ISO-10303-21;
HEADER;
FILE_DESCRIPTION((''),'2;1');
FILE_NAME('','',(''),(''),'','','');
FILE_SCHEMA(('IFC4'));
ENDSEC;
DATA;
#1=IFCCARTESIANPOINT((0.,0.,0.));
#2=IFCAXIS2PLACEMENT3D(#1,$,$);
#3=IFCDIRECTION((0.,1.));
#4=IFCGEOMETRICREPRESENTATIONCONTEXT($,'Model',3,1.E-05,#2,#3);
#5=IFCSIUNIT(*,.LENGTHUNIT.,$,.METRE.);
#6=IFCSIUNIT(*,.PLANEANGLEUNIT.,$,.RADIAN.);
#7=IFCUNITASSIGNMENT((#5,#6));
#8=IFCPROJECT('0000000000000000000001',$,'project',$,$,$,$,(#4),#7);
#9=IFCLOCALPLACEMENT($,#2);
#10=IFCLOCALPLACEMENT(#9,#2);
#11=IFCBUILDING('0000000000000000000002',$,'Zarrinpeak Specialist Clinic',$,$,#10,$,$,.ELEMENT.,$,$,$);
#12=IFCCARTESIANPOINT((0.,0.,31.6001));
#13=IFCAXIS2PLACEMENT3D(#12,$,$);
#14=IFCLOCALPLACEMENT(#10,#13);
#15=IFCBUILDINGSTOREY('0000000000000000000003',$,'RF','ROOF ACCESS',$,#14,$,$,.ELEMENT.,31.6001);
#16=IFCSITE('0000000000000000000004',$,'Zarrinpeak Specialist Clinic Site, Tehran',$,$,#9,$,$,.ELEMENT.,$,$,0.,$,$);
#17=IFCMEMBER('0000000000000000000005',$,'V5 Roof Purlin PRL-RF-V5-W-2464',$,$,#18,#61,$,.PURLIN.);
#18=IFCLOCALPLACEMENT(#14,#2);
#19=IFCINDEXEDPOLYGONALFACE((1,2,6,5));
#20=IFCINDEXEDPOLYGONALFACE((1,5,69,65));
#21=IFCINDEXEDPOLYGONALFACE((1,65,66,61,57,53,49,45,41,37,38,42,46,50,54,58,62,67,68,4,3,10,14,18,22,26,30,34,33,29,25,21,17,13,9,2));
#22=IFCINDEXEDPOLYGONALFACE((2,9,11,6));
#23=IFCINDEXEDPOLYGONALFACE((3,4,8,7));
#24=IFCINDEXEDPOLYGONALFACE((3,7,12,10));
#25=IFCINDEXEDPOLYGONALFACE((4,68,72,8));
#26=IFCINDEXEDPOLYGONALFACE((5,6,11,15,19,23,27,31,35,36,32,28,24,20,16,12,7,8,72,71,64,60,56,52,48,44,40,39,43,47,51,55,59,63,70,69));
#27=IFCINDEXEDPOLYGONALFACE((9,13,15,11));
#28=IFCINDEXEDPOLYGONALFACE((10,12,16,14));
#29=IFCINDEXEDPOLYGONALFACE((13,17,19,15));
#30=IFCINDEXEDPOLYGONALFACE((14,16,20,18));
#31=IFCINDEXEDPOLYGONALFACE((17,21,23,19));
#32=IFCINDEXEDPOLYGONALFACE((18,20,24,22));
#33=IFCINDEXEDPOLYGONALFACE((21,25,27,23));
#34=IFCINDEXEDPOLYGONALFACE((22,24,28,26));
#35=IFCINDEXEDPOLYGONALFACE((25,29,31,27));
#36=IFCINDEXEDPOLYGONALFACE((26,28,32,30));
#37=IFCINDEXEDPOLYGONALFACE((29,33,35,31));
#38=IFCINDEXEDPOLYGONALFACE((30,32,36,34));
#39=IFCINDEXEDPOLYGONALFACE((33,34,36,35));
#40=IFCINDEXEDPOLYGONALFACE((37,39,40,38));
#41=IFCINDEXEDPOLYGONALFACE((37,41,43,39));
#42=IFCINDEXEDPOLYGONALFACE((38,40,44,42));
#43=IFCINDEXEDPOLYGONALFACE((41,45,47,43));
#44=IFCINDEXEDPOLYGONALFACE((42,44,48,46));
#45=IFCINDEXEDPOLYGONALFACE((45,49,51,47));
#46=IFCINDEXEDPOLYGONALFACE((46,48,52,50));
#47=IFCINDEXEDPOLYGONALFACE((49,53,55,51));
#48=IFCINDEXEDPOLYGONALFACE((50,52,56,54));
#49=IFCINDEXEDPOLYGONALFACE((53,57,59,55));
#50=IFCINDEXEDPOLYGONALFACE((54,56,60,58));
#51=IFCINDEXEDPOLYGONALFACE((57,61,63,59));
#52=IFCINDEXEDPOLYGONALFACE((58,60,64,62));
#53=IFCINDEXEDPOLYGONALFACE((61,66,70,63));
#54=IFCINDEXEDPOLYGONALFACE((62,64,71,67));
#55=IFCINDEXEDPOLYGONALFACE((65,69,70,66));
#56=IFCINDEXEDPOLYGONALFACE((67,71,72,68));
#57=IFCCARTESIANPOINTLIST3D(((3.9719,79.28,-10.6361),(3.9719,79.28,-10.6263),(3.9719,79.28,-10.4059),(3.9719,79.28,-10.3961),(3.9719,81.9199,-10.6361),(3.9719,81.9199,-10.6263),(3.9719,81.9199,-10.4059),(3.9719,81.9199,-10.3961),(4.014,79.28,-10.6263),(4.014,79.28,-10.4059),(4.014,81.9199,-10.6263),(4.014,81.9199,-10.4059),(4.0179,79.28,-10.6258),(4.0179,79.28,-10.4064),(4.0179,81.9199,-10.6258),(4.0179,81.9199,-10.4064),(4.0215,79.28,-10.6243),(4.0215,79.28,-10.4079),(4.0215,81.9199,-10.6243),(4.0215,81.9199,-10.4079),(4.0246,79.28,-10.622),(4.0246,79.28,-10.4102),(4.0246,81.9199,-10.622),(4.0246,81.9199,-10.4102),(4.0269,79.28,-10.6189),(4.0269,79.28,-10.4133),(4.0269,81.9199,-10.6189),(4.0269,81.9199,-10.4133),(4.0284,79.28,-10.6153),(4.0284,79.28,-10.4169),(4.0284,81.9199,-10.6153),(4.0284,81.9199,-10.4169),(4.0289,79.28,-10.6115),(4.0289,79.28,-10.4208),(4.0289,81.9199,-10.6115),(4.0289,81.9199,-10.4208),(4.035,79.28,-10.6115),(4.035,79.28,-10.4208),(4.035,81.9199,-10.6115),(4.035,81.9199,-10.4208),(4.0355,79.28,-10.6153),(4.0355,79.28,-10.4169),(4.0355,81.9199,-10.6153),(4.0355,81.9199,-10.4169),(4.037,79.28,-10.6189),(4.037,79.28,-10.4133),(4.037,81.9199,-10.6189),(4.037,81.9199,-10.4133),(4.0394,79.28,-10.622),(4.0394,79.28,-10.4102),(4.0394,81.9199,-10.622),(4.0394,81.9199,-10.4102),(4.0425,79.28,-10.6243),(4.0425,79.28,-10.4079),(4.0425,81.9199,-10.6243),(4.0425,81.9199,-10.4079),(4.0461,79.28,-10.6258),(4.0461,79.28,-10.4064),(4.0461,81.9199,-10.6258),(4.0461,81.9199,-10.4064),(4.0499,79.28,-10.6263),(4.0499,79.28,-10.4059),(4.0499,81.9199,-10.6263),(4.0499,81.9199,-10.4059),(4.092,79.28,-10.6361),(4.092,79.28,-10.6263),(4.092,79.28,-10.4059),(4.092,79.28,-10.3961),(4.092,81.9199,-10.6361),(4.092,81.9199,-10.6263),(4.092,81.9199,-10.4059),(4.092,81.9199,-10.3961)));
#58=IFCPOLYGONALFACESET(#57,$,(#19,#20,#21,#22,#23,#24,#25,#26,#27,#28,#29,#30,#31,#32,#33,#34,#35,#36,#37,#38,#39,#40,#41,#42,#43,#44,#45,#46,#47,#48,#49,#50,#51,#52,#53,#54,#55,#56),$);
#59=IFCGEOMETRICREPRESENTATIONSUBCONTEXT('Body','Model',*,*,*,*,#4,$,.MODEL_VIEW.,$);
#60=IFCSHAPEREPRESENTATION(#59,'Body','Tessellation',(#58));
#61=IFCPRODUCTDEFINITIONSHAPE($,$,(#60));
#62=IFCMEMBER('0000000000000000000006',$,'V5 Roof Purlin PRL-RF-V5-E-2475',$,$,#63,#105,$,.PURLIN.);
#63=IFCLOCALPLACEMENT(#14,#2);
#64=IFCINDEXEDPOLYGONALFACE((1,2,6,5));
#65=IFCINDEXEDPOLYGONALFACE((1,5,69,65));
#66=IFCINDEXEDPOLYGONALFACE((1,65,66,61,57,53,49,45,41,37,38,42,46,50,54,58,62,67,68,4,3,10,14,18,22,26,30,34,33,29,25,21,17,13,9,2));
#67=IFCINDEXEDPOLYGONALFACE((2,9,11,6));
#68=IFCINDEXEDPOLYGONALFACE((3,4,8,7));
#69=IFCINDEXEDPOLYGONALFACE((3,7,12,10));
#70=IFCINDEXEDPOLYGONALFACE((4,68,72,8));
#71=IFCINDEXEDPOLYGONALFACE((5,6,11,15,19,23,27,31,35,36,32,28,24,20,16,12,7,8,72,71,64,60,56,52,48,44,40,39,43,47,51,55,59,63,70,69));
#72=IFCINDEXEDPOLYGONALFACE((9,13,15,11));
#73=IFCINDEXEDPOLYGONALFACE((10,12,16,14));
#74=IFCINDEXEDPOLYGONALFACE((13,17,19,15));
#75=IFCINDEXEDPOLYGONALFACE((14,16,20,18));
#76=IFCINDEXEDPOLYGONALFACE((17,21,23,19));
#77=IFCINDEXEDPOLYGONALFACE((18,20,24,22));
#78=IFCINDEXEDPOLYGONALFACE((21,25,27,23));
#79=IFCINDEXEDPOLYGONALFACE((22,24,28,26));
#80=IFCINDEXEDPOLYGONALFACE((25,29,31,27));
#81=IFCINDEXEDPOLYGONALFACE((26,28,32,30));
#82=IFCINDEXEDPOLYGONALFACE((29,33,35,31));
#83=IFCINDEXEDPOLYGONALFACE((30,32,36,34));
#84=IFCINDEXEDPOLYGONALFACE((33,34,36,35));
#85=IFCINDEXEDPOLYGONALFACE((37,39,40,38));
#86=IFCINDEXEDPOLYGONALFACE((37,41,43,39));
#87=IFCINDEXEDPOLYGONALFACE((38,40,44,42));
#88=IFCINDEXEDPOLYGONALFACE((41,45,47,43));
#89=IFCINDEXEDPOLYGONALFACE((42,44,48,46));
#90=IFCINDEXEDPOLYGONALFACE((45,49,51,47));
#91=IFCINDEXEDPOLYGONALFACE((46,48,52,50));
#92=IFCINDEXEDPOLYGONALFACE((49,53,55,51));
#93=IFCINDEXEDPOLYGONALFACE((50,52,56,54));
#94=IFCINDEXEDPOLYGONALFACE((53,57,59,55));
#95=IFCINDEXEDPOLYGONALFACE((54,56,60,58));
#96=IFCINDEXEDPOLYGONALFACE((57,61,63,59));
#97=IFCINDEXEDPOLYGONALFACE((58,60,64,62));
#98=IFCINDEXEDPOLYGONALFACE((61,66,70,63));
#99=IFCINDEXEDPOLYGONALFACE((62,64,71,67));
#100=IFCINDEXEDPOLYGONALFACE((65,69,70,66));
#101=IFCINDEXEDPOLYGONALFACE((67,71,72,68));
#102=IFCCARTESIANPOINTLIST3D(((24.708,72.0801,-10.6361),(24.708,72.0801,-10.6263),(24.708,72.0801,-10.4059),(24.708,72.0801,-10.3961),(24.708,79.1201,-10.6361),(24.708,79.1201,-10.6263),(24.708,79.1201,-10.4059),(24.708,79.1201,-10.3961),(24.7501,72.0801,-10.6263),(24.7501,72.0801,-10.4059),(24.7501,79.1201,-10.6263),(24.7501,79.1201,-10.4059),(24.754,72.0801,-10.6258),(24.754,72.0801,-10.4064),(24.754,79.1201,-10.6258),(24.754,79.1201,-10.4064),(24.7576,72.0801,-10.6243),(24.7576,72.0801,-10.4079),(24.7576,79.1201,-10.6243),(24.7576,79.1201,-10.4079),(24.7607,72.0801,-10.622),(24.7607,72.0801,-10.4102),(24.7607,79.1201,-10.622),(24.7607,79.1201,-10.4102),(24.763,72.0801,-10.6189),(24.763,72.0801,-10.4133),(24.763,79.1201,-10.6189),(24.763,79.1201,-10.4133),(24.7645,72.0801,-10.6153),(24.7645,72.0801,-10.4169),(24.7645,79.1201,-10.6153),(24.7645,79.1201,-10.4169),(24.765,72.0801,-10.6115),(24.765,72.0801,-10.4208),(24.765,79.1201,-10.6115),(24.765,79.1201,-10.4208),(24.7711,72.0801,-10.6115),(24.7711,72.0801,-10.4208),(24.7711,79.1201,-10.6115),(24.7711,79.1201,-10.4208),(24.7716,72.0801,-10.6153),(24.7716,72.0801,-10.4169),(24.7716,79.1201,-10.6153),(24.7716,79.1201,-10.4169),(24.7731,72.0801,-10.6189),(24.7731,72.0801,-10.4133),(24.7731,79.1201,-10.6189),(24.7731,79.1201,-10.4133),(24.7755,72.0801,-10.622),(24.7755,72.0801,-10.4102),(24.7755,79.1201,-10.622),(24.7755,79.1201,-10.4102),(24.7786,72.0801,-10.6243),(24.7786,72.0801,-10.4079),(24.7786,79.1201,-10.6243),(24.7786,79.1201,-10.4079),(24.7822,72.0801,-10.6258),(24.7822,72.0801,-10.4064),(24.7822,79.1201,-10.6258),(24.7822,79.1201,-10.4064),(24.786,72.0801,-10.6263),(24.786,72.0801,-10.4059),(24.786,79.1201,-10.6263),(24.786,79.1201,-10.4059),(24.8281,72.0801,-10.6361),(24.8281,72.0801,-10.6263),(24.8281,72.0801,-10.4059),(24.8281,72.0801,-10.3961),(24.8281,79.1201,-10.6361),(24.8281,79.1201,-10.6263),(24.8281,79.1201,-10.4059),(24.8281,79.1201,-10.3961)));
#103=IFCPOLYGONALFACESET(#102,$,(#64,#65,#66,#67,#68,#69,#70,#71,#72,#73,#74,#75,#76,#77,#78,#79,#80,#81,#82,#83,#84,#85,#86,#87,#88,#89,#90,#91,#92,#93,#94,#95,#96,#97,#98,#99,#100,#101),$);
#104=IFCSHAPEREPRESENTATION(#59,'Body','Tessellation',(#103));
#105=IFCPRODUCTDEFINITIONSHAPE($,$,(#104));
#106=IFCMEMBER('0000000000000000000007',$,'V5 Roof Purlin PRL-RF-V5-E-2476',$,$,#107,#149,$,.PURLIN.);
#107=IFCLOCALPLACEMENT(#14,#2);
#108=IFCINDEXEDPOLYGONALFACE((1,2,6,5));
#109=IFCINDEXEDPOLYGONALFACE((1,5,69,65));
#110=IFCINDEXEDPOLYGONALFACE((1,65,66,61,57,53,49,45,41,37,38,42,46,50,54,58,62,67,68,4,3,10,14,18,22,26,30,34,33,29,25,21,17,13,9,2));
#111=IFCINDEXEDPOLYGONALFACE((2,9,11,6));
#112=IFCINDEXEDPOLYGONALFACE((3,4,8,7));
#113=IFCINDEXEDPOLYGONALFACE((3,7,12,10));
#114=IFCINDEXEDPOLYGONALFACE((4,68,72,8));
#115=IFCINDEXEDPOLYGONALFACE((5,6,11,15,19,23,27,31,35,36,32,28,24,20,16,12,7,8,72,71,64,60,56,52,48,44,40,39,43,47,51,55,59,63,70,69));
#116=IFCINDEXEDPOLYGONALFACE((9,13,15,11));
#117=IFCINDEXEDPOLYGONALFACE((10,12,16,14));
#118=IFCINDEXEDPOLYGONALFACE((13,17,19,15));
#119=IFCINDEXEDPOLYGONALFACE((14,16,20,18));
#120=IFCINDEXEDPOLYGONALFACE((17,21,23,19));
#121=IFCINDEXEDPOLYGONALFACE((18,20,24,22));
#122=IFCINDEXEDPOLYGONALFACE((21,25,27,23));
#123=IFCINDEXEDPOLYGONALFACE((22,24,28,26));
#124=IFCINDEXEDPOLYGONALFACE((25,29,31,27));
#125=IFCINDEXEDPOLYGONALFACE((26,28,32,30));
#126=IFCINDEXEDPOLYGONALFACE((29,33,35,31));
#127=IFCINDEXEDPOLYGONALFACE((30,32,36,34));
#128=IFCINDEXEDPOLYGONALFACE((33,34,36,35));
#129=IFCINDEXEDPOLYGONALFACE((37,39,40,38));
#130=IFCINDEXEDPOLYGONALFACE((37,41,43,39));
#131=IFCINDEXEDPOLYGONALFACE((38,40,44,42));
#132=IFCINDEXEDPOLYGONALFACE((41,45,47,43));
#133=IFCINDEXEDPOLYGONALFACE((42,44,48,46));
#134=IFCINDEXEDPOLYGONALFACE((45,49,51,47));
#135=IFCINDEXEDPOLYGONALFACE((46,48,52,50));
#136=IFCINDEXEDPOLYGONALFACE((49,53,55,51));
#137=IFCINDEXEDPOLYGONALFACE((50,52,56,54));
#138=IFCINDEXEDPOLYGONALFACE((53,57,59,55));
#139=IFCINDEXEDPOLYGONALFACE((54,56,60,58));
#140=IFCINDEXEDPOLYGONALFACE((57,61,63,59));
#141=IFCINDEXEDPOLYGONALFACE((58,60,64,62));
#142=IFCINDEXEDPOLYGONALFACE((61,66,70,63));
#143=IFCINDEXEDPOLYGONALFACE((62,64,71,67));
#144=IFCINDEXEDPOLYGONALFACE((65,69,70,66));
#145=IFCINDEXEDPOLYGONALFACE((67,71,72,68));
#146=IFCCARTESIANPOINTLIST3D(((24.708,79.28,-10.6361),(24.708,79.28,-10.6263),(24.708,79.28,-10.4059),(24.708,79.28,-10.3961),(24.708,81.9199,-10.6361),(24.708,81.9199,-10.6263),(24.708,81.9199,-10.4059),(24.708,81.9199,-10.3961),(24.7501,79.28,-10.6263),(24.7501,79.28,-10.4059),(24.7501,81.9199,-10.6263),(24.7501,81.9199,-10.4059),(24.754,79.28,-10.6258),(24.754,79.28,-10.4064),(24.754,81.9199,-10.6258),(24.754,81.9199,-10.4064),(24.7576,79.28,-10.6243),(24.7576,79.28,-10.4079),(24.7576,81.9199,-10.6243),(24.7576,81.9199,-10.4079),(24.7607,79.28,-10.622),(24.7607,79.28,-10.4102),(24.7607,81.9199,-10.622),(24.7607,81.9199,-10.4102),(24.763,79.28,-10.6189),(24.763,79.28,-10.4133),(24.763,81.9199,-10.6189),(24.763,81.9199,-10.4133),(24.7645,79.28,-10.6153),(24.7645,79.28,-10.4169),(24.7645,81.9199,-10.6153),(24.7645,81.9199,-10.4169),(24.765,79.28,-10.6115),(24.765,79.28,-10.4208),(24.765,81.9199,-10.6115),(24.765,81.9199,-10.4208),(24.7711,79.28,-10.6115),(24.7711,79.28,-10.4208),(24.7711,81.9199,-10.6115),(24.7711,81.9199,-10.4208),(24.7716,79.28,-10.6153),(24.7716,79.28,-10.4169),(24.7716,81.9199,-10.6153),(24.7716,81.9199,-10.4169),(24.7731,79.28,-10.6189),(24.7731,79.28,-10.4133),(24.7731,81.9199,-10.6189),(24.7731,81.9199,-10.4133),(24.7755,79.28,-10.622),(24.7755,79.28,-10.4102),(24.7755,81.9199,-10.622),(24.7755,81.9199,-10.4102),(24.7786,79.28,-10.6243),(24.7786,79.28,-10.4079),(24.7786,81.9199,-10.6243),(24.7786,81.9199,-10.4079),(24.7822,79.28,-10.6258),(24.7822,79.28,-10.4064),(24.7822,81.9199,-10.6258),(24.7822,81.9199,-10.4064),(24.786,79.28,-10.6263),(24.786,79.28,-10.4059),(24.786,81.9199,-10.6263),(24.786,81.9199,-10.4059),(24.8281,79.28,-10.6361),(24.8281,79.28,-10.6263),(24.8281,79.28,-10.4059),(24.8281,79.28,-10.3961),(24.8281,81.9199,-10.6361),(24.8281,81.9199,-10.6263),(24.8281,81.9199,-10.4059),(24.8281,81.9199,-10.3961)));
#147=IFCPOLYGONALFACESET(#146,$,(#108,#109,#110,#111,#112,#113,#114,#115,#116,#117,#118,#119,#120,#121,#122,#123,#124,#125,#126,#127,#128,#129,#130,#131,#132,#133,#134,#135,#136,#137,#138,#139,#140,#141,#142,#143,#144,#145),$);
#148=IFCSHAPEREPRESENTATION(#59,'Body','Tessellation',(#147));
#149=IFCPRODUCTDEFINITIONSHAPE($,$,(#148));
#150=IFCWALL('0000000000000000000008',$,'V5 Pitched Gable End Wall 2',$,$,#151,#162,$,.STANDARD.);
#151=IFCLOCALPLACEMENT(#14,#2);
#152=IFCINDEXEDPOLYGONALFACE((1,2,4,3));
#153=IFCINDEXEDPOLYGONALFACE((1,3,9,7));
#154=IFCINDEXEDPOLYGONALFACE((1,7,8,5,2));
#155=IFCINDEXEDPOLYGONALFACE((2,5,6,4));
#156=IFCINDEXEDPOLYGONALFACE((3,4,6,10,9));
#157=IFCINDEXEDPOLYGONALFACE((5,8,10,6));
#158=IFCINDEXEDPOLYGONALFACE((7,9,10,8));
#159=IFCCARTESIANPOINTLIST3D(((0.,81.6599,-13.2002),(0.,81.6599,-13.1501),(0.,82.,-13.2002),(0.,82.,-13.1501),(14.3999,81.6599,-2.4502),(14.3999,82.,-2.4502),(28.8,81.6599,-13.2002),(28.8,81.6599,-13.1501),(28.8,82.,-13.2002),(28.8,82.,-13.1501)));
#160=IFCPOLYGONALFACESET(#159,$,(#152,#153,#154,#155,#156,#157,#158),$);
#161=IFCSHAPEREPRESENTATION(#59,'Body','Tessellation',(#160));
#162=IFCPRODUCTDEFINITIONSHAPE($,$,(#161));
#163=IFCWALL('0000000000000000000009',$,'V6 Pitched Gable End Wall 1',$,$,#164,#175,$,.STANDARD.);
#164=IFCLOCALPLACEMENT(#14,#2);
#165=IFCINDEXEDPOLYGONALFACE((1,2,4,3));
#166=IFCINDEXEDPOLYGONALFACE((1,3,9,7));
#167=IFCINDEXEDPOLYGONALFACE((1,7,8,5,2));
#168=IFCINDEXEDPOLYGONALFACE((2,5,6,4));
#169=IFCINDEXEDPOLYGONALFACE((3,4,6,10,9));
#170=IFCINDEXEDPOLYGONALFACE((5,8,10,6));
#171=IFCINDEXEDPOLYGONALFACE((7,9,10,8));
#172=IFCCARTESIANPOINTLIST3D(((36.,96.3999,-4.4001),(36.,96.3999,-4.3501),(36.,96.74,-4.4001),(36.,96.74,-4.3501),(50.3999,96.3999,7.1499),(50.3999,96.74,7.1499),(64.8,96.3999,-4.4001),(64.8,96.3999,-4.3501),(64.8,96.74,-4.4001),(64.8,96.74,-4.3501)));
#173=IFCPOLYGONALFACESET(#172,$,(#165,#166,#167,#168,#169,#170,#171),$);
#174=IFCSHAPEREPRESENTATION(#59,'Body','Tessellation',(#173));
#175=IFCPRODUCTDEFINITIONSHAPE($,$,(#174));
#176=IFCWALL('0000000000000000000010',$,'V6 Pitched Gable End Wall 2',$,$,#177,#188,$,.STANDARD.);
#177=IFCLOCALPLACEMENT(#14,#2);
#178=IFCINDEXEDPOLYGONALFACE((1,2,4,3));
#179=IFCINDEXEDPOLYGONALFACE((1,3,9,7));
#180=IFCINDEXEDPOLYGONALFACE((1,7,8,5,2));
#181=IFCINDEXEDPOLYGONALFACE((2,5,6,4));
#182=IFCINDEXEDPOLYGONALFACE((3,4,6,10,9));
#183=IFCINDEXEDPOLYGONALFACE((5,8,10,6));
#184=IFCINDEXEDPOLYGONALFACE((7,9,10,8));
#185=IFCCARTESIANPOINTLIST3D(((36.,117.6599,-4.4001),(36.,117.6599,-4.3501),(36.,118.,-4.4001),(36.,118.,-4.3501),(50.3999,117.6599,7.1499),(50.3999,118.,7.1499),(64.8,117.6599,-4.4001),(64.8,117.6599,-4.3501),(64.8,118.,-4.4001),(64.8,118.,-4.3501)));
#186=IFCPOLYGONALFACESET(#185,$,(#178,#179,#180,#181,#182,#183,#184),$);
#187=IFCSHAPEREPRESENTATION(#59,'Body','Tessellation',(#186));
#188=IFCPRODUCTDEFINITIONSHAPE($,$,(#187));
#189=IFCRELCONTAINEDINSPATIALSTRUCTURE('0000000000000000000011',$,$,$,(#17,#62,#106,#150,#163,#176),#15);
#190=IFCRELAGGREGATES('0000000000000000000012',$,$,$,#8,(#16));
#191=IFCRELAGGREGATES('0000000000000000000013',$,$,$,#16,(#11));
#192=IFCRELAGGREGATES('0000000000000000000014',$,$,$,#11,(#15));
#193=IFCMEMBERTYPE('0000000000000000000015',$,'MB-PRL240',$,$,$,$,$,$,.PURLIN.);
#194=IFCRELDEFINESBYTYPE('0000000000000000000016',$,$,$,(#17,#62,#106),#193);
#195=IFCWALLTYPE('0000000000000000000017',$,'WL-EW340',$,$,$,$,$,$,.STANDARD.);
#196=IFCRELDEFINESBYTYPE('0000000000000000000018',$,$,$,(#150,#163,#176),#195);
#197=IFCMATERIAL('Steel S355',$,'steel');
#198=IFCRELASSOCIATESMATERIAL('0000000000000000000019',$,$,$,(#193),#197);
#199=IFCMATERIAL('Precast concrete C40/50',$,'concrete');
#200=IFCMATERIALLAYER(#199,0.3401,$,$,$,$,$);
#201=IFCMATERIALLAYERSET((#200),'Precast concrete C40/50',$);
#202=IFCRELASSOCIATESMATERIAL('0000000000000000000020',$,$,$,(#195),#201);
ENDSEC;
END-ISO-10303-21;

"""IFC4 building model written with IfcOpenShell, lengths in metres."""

from ifc_helpers import new_model, si_unit, direction, frame, origin, origin_2d, place, context, subcontext, project, spatial, polyline, i_section, outline, extrude, material, layer, layer_set, material_profile, profile_set, type_object, element, save


model = new_model("IFC4")

# Units and contexts
model_context = context("Model", 3, precision=1e-05, world=origin(), true_north=direction((0.0, 1.0)))
body_context = subcontext(model_context, "Body", "Model", "MODEL_VIEW")
ifc_project = project(units=[si_unit("LENGTHUNIT", "METRE"), si_unit("PLANEANGLEUNIT", "RADIAN")], contexts=[model_context])

# Site, building, storey
site_placement = place(None, origin())
site = spatial("IfcSite", under=ifc_project, at=site_placement, Name="Zarrinpeak Specialist Clinic Site, Tehran", CompositionType="ELEMENT", RefElevation=0.0)
building_placement = place(site_placement, origin())
building = spatial("IfcBuilding", under=site, at=building_placement, Name="Zarrinpeak Specialist Clinic", CompositionType="ELEMENT")
storey_placement = place(building_placement, frame((0.0, 0.0, 31.6001)))
storey = spatial("IfcBuildingStorey", under=building, at=storey_placement, Name="RF", Description="ROOF ACCESS", CompositionType="ELEMENT", Elevation=31.6001)

# Shared definitions
ifc_material_1 = material(Name="Steel S355", Category="steel")

# Members
ifc_material_profile_1 = material_profile(ifc_material_1, i_section(OverallWidth=0.1201, OverallDepth=0.24, WebThickness=0.0061, FlangeThickness=0.0098, FilletRadius=0.0149, at=origin_2d()), Name="IPE 240")
ifc_profile_set_1 = profile_set([ifc_material_profile_1], Name="Steel S355")
member_type_1 = type_object("IfcMemberType", Name="MB-PRL240", PredefinedType="PURLIN", material=ifc_profile_set_1)
member_1_placement = place(storey_placement, frame((4.032, 79.28, -10.5161), z_axis=(0.0, 1.0, 0.0), x_axis=(-1.0, 0.0, 0.0)))
element("IfcMember", 1, at=member_1_placement, inside=storey, type_object=member_type_1, Name="V5 Roof Purlin PRL-RF-V5-W-2464", PredefinedType="PURLIN", context=body_context, shape_type="SweptSolid", body=[
    extrude(i_section(OverallWidth=0.1201, OverallDepth=0.24, WebThickness=0.0061, FlangeThickness=0.0098, FilletRadius=0.0149, at=origin_2d()), origin(), (0.0, 0.0, 1.0), 2.6399),
])
member_2_placement = place(storey_placement, frame((24.7681, 72.0801, -10.5161), z_axis=(0.0, 1.0, 0.0), x_axis=(-1.0, 0.0, 0.0)))
element("IfcMember", 2, at=member_2_placement, inside=storey, type_object=member_type_1, Name="V5 Roof Purlin PRL-RF-V5-E-2475", PredefinedType="PURLIN", context=body_context, shape_type="SweptSolid", body=[
    extrude(i_section(OverallWidth=0.1201, OverallDepth=0.24, WebThickness=0.0061, FlangeThickness=0.0098, FilletRadius=0.0149, at=origin_2d()), origin(), (0.0, 0.0, 1.0), 7.04),
])
member_3_placement = place(storey_placement, frame((24.7681, 79.28, -10.5161), z_axis=(0.0, 1.0, 0.0), x_axis=(-1.0, 0.0, 0.0)))
element("IfcMember", 3, at=member_3_placement, inside=storey, type_object=member_type_1, Name="V5 Roof Purlin PRL-RF-V5-E-2476", PredefinedType="PURLIN", context=body_context, shape_type="SweptSolid", body=[
    extrude(i_section(OverallWidth=0.1201, OverallDepth=0.24, WebThickness=0.0061, FlangeThickness=0.0098, FilletRadius=0.0149, at=origin_2d()), origin(), (0.0, 0.0, 1.0), 2.6399),
])

# Walls
ifc_material_2 = material(Name="Precast concrete C40/50", Category="concrete")
ifc_layer_1 = layer(ifc_material_2, 0.3401)
ifc_layer_set_1 = layer_set([ifc_layer_1], Name="Precast concrete C40/50")
wall_type = type_object("IfcWallType", Name="WL-EW340", PredefinedType="STANDARD", material=ifc_layer_set_1)
wall_placement = place(storey_placement, frame((0.0, 81.8301, -13.2002), z_axis=(0.0, 0.0, 1.0), x_axis=(1.0, 0.0, 0.0)))
element("IfcWall", 4, at=wall_placement, inside=storey, type_object=wall_type, Name="V5 Pitched Gable End Wall 2", PredefinedType="STANDARD", context=body_context, shape_type="SweptSolid", body=[
    extrude(outline(polyline([(0.0, 0.0), (28.8, 0.0), (28.8, 0.05), (14.3999, 10.75), (0.0, 0.05), (0.0, 0.0)])), frame((0.0, 0.1699, 0.0), z_axis=(0.0, -1.0, 0.0), x_axis=(1.0, 0.0, 0.0)), (0.0, 0.0, 1.0), 0.3401),
])
for number, where, z_axis, x_axis, name in (
    (5, (36.0, 96.5701, -4.4001), (0.0, 0.0, 1.0), (1.0, 0.0, 0.0), "V6 Pitched Gable End Wall 1"),
    (6, (36.0, 117.8301, -4.4001), (0.0, 0.0, 1.0), (1.0, 0.0, 0.0), "V6 Pitched Gable End Wall 2"),
):
    element("IfcWall", number, at=place(storey_placement, frame(where, z_axis=z_axis, x_axis=x_axis)), inside=storey, type_object=wall_type, Name=name, PredefinedType="STANDARD", context=body_context, shape_type="SweptSolid", body=[
        extrude(outline(polyline([(0.0, 0.0), (28.8, 0.0), (28.8, 0.05), (14.3999, 11.55), (0.0, 0.05), (0.0, 0.0)])), frame((0.0, 0.1699, 0.0), z_axis=(0.0, -1.0, 0.0), x_axis=(1.0, 0.0, 0.0)), (0.0, 0.0, 1.0), 0.3401),
    ])

save(model, "model.ifc")
